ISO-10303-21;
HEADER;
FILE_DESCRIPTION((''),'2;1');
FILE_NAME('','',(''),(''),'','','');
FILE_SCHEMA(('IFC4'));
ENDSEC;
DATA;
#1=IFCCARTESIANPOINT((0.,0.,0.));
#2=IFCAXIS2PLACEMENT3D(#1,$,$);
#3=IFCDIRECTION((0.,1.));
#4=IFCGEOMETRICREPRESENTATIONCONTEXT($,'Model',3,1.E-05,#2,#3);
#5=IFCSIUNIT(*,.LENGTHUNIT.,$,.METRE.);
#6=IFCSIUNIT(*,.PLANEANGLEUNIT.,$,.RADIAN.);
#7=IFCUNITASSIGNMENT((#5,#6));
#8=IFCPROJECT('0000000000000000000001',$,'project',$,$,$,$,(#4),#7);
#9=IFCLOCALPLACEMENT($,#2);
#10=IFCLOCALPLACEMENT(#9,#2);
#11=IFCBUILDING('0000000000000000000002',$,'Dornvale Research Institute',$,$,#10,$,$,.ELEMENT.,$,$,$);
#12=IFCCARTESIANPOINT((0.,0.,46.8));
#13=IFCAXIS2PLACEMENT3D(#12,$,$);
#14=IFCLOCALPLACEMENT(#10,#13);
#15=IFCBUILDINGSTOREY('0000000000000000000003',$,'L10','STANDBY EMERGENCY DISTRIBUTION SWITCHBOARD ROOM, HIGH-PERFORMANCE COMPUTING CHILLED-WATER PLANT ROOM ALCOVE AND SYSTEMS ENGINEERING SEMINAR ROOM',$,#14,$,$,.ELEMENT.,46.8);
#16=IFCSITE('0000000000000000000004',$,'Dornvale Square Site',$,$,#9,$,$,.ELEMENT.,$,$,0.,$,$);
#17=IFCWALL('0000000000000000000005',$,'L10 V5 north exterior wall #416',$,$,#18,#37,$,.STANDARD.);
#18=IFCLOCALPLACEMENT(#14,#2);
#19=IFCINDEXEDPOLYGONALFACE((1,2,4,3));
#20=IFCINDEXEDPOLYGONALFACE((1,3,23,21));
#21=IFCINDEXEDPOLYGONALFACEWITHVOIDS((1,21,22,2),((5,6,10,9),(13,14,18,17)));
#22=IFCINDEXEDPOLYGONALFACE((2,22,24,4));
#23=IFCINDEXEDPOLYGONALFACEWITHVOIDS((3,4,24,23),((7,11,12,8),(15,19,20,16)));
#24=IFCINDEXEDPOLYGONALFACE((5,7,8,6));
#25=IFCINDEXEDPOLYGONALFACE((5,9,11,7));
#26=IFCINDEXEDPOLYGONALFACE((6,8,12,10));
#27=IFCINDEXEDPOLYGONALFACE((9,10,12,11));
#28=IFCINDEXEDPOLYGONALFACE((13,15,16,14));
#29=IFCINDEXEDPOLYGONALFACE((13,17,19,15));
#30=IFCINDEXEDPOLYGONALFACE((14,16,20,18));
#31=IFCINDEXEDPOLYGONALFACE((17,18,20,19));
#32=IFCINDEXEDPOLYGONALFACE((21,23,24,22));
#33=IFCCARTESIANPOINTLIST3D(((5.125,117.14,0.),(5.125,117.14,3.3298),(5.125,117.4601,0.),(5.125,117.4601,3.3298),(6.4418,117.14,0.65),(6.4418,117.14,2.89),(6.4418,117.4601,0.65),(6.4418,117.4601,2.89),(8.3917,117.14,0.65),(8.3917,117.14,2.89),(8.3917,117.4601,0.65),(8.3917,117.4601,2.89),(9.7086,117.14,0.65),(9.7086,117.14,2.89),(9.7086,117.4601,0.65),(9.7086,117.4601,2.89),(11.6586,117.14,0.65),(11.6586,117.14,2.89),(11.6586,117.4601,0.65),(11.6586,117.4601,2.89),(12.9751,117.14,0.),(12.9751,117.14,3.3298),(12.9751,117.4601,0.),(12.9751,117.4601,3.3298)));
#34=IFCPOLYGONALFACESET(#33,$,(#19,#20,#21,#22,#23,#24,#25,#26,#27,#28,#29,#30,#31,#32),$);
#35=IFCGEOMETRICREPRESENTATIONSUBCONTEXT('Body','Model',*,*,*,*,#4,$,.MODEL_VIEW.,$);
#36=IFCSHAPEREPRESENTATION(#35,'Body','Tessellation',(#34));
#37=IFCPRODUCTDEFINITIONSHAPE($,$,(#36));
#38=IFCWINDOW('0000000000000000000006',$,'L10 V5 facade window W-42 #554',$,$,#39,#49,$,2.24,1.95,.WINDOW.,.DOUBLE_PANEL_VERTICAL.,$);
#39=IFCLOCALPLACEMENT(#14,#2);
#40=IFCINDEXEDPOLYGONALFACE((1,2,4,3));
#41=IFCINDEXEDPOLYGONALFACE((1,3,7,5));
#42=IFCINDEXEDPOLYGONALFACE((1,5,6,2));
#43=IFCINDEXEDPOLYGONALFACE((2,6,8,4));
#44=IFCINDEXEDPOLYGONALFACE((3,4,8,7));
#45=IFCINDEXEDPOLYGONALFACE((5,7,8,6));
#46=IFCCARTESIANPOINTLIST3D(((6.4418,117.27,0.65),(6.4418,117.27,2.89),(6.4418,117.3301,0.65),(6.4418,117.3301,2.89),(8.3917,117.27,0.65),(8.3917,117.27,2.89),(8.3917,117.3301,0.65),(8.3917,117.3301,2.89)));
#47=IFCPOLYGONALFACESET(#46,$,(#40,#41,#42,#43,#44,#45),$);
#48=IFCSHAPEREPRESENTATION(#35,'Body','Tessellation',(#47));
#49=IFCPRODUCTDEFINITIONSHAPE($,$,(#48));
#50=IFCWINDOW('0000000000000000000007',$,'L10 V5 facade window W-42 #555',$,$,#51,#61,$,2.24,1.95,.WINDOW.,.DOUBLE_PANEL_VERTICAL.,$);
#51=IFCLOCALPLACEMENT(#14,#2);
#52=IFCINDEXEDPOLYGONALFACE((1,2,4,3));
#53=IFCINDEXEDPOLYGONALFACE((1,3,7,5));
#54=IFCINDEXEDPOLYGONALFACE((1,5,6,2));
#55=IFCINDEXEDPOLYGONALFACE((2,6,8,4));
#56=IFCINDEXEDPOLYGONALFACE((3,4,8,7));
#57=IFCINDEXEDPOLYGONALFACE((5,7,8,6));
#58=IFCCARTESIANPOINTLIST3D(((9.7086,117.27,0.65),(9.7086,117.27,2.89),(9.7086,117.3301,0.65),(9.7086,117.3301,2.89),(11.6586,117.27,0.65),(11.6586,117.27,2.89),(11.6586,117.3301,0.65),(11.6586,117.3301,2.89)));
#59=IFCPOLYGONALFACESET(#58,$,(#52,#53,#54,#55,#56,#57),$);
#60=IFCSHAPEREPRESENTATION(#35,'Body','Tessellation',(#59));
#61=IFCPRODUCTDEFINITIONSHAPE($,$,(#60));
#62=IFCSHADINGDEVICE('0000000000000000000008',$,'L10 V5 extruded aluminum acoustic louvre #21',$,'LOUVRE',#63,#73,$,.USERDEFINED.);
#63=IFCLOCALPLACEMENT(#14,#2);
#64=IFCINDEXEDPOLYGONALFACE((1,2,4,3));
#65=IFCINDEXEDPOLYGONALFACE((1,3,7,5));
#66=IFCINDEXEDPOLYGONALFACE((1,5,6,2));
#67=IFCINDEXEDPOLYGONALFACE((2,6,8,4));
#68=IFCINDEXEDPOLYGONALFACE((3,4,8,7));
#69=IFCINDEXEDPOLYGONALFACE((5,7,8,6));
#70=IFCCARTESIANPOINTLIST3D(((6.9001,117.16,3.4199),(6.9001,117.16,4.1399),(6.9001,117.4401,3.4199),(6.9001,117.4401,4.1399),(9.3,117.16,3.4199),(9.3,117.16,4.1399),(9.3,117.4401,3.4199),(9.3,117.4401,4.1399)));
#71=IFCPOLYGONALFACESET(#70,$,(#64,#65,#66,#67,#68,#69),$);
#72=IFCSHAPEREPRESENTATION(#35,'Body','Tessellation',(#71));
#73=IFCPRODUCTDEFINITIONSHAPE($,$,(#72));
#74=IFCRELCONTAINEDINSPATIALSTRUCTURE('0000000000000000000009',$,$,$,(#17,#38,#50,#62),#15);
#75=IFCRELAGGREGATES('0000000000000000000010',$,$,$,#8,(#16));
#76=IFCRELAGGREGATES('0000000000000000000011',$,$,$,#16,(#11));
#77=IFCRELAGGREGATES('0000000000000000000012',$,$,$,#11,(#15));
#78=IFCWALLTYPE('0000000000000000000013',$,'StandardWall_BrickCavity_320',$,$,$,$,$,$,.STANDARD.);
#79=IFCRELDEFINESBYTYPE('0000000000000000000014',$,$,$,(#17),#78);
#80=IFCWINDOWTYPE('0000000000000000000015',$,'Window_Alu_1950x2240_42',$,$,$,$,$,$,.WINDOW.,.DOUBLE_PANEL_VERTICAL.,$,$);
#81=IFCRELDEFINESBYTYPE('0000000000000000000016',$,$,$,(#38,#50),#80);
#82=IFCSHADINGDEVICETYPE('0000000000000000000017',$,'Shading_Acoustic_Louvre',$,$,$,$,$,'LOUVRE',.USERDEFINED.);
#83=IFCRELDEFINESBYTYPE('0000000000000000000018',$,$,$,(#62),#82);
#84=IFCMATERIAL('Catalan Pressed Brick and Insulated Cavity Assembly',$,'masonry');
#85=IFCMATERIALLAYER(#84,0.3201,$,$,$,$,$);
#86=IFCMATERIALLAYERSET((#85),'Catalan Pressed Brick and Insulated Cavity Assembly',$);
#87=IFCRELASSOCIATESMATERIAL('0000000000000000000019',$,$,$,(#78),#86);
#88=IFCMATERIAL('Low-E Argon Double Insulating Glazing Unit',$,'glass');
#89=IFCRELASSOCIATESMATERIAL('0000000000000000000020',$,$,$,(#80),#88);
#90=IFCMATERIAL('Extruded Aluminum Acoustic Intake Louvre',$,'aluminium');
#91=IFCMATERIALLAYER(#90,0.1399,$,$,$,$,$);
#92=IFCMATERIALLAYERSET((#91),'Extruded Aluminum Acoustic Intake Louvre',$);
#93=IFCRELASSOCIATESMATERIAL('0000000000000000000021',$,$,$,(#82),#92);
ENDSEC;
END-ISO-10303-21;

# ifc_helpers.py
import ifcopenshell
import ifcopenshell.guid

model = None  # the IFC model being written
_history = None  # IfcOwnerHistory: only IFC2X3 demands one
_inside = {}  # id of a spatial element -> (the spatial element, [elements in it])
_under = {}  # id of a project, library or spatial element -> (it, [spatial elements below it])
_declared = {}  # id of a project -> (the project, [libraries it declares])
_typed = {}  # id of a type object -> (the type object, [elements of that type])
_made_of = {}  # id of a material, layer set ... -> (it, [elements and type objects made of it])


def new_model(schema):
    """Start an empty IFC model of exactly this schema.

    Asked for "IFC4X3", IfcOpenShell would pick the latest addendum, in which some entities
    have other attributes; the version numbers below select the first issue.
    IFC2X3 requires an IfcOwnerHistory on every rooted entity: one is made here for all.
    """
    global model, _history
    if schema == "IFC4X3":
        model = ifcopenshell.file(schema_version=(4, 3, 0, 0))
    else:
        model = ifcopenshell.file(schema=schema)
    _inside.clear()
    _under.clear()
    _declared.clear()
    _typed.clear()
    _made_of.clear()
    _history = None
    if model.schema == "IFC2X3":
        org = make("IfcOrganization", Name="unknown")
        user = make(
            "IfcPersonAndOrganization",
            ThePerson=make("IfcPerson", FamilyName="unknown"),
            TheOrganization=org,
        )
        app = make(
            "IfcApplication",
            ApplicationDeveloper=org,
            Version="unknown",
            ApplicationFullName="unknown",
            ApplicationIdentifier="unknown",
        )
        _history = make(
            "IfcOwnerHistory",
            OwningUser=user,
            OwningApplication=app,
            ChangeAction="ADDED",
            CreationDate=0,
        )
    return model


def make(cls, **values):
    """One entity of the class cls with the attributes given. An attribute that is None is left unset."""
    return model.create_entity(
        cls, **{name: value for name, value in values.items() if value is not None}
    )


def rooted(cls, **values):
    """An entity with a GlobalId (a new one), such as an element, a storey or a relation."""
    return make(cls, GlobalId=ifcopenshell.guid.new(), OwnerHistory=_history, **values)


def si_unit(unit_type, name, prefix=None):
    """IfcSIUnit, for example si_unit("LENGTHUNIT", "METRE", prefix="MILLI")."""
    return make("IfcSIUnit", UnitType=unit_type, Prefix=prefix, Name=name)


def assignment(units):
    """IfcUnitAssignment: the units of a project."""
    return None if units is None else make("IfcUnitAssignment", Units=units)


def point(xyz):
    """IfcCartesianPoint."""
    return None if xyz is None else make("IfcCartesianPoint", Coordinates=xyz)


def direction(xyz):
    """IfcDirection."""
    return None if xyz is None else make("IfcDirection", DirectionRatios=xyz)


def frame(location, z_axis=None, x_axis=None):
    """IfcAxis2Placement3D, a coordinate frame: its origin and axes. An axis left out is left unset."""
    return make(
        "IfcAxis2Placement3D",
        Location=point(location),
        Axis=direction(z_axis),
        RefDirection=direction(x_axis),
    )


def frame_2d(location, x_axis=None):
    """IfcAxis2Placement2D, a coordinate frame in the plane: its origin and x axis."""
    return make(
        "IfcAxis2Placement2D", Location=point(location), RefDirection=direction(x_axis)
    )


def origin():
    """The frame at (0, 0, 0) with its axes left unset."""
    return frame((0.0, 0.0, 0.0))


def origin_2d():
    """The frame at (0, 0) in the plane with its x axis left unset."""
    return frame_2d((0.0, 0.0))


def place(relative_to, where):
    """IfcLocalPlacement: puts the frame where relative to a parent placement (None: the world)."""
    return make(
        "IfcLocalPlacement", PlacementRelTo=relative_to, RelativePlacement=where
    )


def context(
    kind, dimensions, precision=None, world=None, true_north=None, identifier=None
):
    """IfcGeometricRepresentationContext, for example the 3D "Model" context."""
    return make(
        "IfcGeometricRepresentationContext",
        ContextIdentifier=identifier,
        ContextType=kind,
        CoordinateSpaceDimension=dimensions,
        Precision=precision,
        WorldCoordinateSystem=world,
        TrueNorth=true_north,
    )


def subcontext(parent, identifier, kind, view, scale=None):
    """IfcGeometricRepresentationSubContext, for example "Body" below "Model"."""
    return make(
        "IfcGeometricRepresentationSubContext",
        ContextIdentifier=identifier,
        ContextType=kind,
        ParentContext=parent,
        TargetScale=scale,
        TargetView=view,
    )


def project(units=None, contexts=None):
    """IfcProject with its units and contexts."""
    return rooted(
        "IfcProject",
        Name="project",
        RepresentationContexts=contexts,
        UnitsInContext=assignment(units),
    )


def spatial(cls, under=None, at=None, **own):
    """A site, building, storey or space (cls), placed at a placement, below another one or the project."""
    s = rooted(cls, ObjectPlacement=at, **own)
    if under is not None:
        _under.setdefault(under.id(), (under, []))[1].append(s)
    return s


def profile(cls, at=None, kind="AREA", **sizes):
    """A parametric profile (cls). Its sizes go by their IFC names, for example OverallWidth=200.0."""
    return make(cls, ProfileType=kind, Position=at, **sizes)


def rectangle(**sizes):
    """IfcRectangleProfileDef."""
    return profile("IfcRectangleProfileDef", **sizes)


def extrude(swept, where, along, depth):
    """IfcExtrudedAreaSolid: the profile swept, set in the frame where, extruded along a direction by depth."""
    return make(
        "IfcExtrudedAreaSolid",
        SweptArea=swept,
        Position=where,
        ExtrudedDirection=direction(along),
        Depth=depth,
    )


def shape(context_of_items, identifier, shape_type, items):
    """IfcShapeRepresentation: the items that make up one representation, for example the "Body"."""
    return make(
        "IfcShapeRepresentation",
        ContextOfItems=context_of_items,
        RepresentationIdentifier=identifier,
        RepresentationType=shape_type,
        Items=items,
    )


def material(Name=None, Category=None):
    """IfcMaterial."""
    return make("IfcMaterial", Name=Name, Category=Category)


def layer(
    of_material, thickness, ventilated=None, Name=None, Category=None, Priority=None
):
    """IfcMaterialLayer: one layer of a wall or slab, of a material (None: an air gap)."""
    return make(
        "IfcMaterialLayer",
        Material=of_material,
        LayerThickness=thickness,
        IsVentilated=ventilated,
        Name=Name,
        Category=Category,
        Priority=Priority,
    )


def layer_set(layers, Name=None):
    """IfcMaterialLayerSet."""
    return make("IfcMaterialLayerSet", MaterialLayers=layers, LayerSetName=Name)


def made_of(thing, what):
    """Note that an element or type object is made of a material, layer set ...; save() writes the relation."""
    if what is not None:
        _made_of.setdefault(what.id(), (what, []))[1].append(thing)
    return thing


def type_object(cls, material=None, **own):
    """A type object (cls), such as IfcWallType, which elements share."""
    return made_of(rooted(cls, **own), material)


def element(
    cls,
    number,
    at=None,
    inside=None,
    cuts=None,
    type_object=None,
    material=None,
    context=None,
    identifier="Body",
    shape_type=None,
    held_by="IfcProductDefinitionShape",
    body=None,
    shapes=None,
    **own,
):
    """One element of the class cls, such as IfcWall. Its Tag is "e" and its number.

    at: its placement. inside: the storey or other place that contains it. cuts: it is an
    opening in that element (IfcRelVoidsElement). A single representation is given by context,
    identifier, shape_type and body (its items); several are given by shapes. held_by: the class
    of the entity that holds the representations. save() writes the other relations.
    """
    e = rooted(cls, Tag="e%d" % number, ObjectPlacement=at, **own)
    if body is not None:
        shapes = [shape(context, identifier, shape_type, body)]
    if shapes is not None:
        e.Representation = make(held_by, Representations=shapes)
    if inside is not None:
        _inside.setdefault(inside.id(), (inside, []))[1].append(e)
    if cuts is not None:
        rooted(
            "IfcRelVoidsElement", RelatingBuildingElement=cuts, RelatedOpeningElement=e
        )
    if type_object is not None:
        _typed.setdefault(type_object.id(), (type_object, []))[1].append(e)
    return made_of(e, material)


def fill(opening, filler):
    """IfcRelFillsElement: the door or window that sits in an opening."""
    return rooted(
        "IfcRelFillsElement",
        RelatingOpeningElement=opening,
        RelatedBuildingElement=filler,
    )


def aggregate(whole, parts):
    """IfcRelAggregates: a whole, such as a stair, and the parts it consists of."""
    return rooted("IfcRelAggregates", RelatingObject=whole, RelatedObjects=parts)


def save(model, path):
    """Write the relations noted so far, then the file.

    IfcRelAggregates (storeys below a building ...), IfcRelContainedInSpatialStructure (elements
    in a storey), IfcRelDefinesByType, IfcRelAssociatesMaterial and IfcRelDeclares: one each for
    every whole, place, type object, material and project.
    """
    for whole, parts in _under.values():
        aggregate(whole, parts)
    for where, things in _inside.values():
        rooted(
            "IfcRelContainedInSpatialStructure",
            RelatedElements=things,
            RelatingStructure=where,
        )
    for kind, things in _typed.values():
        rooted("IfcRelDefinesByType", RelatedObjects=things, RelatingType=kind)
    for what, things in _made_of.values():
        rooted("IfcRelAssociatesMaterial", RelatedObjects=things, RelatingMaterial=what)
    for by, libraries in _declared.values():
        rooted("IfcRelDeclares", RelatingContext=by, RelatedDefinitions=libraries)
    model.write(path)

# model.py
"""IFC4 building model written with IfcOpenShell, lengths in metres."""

from ifc_helpers import new_model, si_unit, direction, frame, frame_2d, origin, origin_2d, place, context, subcontext, project, spatial, rectangle, extrude, material, layer, layer_set, type_object, element, fill, save


model = new_model("IFC4")

# Units and contexts
model_context = context("Model", 3, precision=1e-05, world=origin(), true_north=direction((0.0, 1.0)))
body_context = subcontext(model_context, "Body", "Model", "MODEL_VIEW")
ifc_project = project(units=[si_unit("LENGTHUNIT", "METRE"), si_unit("PLANEANGLEUNIT", "RADIAN")], contexts=[model_context])

# Site, building, storey
site_placement = place(None, origin())
site = spatial("IfcSite", under=ifc_project, at=site_placement, Name="Dornvale Square Site", CompositionType="ELEMENT", RefElevation=0.0)
building_placement = place(site_placement, origin())
building = spatial("IfcBuilding", under=site, at=building_placement, Name="Dornvale Research Institute", CompositionType="ELEMENT")
storey_placement = place(building_placement, frame((0.0, 0.0, 46.8)))
storey = spatial("IfcBuildingStorey", under=building, at=storey_placement, Name="L10", Description="STANDBY EMERGENCY DISTRIBUTION SWITCHBOARD ROOM, HIGH-PERFORMANCE COMPUTING CHILLED-WATER PLANT ROOM ALCOVE AND SYSTEMS ENGINEERING SEMINAR ROOM", CompositionType="ELEMENT", Elevation=46.8)

# Wall, openings, windows
ifc_material_1 = material(Name="Catalan Pressed Brick and Insulated Cavity Assembly", Category="masonry")
ifc_layer_1 = layer(ifc_material_1, 0.3201)
ifc_layer_set_1 = layer_set([ifc_layer_1], Name="Catalan Pressed Brick and Insulated Cavity Assembly")
wall_type_1 = type_object("IfcWallType", Name="StandardWall_BrickCavity_320", PredefinedType="STANDARD", material=ifc_layer_set_1)
wall_1_placement = place(storey_placement, frame((5.125, 117.3, 0.0), z_axis=(0.0, 0.0, 1.0), x_axis=(1.0, 0.0, 0.0)))
wall_1 = element("IfcWall", 1, at=wall_1_placement, inside=storey, type_object=wall_type_1, Name="L10 V5 north exterior wall #416", PredefinedType="STANDARD", context=body_context, shape_type="SweptSolid", body=[
    extrude(rectangle(XDim=7.8501, YDim=0.3201, at=frame_2d((3.925, 0.0))), origin(), (0.0, 0.0, 1.0), 3.3298),
])
opening_1_placement = place(wall_1_placement, frame((1.3167, 0.0, 0.6499)))
opening_1 = element("IfcOpeningElement", 2, at=opening_1_placement, cuts=wall_1, PredefinedType="OPENING", context=body_context, shape_type="SweptSolid", body=[
    extrude(rectangle(XDim=1.95, YDim=2.24, at=frame_2d((0.9751, 1.1201))), frame((0.0, 0.175, 0.0), z_axis=(0.0, -1.0, 0.0), x_axis=(1.0, 0.0, 0.0)), (0.0, 0.0, 1.0), 0.3501),
])
opening_2_placement = place(wall_1_placement, frame((4.5835, 0.0, 0.6499)))
opening_2 = element("IfcOpeningElement", 3, at=opening_2_placement, cuts=wall_1, PredefinedType="OPENING", context=body_context, shape_type="SweptSolid", body=[
    extrude(rectangle(XDim=1.95, YDim=2.24, at=frame_2d((0.9751, 1.1201))), frame((0.0, 0.175, 0.0), z_axis=(0.0, -1.0, 0.0), x_axis=(1.0, 0.0, 0.0)), (0.0, 0.0, 1.0), 0.3501),
])
ifc_material_2 = material(Name="Low-E Argon Double Insulating Glazing Unit", Category="glass")
window_type_1 = type_object("IfcWindowType", Name="Window_Alu_1950x2240_42", PartitioningType="DOUBLE_PANEL_VERTICAL", PredefinedType="WINDOW", material=ifc_material_2)
window_1_placement = place(opening_1_placement, origin())
window_1 = element("IfcWindow", 4, at=window_1_placement, inside=storey, type_object=window_type_1, Name="L10 V5 facade window W-42 #554", OverallHeight=2.24, OverallWidth=1.95, PartitioningType="DOUBLE_PANEL_VERTICAL", PredefinedType="WINDOW", context=body_context, shape_type="SweptSolid", body=[
    extrude(rectangle(XDim=1.95, YDim=2.24, at=frame_2d((0.9751, 1.1201))), frame((0.0, 0.03, 0.0), z_axis=(0.0, -1.0, 0.0), x_axis=(1.0, 0.0, 0.0)), (0.0, 0.0, 1.0), 0.0601),
])
fill(opening_1, window_1)
window_2_placement = place(opening_2_placement, origin())
window_2 = element("IfcWindow", 5, at=window_2_placement, inside=storey, type_object=window_type_1, Name="L10 V5 facade window W-42 #555", OverallHeight=2.24, OverallWidth=1.95, PartitioningType="DOUBLE_PANEL_VERTICAL", PredefinedType="WINDOW", context=body_context, shape_type="SweptSolid", body=[
    extrude(rectangle(XDim=1.95, YDim=2.24, at=frame_2d((0.9751, 1.1201))), frame((0.0, 0.03, 0.0), z_axis=(0.0, -1.0, 0.0), x_axis=(1.0, 0.0, 0.0)), (0.0, 0.0, 1.0), 0.0601),
])
fill(opening_2, window_2)

# Shading device
ifc_material_3 = material(Name="Extruded Aluminum Acoustic Intake Louvre", Category="aluminium")
ifc_layer_2 = layer(ifc_material_3, 0.1399)
ifc_layer_set_2 = layer_set([ifc_layer_2], Name="Extruded Aluminum Acoustic Intake Louvre")
shading_device_type = type_object("IfcShadingDeviceType", Name="Shading_Acoustic_Louvre", ElementType="LOUVRE", PredefinedType="USERDEFINED", material=ifc_layer_set_2)
shading_device_placement = place(storey_placement, frame((8.1001, 117.3, 3.4199), z_axis=(0.0, 0.0, 1.0), x_axis=(1.0, 0.0, 0.0)))
element("IfcShadingDevice", 6, at=shading_device_placement, inside=storey, type_object=shading_device_type, Name="L10 V5 extruded aluminum acoustic louvre #21", ObjectType="LOUVRE", PredefinedType="USERDEFINED", context=body_context, shape_type="SweptSolid", body=[
    extrude(rectangle(XDim=2.3999, YDim=0.28, at=origin_2d()), origin(), (0.0, 0.0, 1.0), 0.72),
])

save(model, "model.ifc")
